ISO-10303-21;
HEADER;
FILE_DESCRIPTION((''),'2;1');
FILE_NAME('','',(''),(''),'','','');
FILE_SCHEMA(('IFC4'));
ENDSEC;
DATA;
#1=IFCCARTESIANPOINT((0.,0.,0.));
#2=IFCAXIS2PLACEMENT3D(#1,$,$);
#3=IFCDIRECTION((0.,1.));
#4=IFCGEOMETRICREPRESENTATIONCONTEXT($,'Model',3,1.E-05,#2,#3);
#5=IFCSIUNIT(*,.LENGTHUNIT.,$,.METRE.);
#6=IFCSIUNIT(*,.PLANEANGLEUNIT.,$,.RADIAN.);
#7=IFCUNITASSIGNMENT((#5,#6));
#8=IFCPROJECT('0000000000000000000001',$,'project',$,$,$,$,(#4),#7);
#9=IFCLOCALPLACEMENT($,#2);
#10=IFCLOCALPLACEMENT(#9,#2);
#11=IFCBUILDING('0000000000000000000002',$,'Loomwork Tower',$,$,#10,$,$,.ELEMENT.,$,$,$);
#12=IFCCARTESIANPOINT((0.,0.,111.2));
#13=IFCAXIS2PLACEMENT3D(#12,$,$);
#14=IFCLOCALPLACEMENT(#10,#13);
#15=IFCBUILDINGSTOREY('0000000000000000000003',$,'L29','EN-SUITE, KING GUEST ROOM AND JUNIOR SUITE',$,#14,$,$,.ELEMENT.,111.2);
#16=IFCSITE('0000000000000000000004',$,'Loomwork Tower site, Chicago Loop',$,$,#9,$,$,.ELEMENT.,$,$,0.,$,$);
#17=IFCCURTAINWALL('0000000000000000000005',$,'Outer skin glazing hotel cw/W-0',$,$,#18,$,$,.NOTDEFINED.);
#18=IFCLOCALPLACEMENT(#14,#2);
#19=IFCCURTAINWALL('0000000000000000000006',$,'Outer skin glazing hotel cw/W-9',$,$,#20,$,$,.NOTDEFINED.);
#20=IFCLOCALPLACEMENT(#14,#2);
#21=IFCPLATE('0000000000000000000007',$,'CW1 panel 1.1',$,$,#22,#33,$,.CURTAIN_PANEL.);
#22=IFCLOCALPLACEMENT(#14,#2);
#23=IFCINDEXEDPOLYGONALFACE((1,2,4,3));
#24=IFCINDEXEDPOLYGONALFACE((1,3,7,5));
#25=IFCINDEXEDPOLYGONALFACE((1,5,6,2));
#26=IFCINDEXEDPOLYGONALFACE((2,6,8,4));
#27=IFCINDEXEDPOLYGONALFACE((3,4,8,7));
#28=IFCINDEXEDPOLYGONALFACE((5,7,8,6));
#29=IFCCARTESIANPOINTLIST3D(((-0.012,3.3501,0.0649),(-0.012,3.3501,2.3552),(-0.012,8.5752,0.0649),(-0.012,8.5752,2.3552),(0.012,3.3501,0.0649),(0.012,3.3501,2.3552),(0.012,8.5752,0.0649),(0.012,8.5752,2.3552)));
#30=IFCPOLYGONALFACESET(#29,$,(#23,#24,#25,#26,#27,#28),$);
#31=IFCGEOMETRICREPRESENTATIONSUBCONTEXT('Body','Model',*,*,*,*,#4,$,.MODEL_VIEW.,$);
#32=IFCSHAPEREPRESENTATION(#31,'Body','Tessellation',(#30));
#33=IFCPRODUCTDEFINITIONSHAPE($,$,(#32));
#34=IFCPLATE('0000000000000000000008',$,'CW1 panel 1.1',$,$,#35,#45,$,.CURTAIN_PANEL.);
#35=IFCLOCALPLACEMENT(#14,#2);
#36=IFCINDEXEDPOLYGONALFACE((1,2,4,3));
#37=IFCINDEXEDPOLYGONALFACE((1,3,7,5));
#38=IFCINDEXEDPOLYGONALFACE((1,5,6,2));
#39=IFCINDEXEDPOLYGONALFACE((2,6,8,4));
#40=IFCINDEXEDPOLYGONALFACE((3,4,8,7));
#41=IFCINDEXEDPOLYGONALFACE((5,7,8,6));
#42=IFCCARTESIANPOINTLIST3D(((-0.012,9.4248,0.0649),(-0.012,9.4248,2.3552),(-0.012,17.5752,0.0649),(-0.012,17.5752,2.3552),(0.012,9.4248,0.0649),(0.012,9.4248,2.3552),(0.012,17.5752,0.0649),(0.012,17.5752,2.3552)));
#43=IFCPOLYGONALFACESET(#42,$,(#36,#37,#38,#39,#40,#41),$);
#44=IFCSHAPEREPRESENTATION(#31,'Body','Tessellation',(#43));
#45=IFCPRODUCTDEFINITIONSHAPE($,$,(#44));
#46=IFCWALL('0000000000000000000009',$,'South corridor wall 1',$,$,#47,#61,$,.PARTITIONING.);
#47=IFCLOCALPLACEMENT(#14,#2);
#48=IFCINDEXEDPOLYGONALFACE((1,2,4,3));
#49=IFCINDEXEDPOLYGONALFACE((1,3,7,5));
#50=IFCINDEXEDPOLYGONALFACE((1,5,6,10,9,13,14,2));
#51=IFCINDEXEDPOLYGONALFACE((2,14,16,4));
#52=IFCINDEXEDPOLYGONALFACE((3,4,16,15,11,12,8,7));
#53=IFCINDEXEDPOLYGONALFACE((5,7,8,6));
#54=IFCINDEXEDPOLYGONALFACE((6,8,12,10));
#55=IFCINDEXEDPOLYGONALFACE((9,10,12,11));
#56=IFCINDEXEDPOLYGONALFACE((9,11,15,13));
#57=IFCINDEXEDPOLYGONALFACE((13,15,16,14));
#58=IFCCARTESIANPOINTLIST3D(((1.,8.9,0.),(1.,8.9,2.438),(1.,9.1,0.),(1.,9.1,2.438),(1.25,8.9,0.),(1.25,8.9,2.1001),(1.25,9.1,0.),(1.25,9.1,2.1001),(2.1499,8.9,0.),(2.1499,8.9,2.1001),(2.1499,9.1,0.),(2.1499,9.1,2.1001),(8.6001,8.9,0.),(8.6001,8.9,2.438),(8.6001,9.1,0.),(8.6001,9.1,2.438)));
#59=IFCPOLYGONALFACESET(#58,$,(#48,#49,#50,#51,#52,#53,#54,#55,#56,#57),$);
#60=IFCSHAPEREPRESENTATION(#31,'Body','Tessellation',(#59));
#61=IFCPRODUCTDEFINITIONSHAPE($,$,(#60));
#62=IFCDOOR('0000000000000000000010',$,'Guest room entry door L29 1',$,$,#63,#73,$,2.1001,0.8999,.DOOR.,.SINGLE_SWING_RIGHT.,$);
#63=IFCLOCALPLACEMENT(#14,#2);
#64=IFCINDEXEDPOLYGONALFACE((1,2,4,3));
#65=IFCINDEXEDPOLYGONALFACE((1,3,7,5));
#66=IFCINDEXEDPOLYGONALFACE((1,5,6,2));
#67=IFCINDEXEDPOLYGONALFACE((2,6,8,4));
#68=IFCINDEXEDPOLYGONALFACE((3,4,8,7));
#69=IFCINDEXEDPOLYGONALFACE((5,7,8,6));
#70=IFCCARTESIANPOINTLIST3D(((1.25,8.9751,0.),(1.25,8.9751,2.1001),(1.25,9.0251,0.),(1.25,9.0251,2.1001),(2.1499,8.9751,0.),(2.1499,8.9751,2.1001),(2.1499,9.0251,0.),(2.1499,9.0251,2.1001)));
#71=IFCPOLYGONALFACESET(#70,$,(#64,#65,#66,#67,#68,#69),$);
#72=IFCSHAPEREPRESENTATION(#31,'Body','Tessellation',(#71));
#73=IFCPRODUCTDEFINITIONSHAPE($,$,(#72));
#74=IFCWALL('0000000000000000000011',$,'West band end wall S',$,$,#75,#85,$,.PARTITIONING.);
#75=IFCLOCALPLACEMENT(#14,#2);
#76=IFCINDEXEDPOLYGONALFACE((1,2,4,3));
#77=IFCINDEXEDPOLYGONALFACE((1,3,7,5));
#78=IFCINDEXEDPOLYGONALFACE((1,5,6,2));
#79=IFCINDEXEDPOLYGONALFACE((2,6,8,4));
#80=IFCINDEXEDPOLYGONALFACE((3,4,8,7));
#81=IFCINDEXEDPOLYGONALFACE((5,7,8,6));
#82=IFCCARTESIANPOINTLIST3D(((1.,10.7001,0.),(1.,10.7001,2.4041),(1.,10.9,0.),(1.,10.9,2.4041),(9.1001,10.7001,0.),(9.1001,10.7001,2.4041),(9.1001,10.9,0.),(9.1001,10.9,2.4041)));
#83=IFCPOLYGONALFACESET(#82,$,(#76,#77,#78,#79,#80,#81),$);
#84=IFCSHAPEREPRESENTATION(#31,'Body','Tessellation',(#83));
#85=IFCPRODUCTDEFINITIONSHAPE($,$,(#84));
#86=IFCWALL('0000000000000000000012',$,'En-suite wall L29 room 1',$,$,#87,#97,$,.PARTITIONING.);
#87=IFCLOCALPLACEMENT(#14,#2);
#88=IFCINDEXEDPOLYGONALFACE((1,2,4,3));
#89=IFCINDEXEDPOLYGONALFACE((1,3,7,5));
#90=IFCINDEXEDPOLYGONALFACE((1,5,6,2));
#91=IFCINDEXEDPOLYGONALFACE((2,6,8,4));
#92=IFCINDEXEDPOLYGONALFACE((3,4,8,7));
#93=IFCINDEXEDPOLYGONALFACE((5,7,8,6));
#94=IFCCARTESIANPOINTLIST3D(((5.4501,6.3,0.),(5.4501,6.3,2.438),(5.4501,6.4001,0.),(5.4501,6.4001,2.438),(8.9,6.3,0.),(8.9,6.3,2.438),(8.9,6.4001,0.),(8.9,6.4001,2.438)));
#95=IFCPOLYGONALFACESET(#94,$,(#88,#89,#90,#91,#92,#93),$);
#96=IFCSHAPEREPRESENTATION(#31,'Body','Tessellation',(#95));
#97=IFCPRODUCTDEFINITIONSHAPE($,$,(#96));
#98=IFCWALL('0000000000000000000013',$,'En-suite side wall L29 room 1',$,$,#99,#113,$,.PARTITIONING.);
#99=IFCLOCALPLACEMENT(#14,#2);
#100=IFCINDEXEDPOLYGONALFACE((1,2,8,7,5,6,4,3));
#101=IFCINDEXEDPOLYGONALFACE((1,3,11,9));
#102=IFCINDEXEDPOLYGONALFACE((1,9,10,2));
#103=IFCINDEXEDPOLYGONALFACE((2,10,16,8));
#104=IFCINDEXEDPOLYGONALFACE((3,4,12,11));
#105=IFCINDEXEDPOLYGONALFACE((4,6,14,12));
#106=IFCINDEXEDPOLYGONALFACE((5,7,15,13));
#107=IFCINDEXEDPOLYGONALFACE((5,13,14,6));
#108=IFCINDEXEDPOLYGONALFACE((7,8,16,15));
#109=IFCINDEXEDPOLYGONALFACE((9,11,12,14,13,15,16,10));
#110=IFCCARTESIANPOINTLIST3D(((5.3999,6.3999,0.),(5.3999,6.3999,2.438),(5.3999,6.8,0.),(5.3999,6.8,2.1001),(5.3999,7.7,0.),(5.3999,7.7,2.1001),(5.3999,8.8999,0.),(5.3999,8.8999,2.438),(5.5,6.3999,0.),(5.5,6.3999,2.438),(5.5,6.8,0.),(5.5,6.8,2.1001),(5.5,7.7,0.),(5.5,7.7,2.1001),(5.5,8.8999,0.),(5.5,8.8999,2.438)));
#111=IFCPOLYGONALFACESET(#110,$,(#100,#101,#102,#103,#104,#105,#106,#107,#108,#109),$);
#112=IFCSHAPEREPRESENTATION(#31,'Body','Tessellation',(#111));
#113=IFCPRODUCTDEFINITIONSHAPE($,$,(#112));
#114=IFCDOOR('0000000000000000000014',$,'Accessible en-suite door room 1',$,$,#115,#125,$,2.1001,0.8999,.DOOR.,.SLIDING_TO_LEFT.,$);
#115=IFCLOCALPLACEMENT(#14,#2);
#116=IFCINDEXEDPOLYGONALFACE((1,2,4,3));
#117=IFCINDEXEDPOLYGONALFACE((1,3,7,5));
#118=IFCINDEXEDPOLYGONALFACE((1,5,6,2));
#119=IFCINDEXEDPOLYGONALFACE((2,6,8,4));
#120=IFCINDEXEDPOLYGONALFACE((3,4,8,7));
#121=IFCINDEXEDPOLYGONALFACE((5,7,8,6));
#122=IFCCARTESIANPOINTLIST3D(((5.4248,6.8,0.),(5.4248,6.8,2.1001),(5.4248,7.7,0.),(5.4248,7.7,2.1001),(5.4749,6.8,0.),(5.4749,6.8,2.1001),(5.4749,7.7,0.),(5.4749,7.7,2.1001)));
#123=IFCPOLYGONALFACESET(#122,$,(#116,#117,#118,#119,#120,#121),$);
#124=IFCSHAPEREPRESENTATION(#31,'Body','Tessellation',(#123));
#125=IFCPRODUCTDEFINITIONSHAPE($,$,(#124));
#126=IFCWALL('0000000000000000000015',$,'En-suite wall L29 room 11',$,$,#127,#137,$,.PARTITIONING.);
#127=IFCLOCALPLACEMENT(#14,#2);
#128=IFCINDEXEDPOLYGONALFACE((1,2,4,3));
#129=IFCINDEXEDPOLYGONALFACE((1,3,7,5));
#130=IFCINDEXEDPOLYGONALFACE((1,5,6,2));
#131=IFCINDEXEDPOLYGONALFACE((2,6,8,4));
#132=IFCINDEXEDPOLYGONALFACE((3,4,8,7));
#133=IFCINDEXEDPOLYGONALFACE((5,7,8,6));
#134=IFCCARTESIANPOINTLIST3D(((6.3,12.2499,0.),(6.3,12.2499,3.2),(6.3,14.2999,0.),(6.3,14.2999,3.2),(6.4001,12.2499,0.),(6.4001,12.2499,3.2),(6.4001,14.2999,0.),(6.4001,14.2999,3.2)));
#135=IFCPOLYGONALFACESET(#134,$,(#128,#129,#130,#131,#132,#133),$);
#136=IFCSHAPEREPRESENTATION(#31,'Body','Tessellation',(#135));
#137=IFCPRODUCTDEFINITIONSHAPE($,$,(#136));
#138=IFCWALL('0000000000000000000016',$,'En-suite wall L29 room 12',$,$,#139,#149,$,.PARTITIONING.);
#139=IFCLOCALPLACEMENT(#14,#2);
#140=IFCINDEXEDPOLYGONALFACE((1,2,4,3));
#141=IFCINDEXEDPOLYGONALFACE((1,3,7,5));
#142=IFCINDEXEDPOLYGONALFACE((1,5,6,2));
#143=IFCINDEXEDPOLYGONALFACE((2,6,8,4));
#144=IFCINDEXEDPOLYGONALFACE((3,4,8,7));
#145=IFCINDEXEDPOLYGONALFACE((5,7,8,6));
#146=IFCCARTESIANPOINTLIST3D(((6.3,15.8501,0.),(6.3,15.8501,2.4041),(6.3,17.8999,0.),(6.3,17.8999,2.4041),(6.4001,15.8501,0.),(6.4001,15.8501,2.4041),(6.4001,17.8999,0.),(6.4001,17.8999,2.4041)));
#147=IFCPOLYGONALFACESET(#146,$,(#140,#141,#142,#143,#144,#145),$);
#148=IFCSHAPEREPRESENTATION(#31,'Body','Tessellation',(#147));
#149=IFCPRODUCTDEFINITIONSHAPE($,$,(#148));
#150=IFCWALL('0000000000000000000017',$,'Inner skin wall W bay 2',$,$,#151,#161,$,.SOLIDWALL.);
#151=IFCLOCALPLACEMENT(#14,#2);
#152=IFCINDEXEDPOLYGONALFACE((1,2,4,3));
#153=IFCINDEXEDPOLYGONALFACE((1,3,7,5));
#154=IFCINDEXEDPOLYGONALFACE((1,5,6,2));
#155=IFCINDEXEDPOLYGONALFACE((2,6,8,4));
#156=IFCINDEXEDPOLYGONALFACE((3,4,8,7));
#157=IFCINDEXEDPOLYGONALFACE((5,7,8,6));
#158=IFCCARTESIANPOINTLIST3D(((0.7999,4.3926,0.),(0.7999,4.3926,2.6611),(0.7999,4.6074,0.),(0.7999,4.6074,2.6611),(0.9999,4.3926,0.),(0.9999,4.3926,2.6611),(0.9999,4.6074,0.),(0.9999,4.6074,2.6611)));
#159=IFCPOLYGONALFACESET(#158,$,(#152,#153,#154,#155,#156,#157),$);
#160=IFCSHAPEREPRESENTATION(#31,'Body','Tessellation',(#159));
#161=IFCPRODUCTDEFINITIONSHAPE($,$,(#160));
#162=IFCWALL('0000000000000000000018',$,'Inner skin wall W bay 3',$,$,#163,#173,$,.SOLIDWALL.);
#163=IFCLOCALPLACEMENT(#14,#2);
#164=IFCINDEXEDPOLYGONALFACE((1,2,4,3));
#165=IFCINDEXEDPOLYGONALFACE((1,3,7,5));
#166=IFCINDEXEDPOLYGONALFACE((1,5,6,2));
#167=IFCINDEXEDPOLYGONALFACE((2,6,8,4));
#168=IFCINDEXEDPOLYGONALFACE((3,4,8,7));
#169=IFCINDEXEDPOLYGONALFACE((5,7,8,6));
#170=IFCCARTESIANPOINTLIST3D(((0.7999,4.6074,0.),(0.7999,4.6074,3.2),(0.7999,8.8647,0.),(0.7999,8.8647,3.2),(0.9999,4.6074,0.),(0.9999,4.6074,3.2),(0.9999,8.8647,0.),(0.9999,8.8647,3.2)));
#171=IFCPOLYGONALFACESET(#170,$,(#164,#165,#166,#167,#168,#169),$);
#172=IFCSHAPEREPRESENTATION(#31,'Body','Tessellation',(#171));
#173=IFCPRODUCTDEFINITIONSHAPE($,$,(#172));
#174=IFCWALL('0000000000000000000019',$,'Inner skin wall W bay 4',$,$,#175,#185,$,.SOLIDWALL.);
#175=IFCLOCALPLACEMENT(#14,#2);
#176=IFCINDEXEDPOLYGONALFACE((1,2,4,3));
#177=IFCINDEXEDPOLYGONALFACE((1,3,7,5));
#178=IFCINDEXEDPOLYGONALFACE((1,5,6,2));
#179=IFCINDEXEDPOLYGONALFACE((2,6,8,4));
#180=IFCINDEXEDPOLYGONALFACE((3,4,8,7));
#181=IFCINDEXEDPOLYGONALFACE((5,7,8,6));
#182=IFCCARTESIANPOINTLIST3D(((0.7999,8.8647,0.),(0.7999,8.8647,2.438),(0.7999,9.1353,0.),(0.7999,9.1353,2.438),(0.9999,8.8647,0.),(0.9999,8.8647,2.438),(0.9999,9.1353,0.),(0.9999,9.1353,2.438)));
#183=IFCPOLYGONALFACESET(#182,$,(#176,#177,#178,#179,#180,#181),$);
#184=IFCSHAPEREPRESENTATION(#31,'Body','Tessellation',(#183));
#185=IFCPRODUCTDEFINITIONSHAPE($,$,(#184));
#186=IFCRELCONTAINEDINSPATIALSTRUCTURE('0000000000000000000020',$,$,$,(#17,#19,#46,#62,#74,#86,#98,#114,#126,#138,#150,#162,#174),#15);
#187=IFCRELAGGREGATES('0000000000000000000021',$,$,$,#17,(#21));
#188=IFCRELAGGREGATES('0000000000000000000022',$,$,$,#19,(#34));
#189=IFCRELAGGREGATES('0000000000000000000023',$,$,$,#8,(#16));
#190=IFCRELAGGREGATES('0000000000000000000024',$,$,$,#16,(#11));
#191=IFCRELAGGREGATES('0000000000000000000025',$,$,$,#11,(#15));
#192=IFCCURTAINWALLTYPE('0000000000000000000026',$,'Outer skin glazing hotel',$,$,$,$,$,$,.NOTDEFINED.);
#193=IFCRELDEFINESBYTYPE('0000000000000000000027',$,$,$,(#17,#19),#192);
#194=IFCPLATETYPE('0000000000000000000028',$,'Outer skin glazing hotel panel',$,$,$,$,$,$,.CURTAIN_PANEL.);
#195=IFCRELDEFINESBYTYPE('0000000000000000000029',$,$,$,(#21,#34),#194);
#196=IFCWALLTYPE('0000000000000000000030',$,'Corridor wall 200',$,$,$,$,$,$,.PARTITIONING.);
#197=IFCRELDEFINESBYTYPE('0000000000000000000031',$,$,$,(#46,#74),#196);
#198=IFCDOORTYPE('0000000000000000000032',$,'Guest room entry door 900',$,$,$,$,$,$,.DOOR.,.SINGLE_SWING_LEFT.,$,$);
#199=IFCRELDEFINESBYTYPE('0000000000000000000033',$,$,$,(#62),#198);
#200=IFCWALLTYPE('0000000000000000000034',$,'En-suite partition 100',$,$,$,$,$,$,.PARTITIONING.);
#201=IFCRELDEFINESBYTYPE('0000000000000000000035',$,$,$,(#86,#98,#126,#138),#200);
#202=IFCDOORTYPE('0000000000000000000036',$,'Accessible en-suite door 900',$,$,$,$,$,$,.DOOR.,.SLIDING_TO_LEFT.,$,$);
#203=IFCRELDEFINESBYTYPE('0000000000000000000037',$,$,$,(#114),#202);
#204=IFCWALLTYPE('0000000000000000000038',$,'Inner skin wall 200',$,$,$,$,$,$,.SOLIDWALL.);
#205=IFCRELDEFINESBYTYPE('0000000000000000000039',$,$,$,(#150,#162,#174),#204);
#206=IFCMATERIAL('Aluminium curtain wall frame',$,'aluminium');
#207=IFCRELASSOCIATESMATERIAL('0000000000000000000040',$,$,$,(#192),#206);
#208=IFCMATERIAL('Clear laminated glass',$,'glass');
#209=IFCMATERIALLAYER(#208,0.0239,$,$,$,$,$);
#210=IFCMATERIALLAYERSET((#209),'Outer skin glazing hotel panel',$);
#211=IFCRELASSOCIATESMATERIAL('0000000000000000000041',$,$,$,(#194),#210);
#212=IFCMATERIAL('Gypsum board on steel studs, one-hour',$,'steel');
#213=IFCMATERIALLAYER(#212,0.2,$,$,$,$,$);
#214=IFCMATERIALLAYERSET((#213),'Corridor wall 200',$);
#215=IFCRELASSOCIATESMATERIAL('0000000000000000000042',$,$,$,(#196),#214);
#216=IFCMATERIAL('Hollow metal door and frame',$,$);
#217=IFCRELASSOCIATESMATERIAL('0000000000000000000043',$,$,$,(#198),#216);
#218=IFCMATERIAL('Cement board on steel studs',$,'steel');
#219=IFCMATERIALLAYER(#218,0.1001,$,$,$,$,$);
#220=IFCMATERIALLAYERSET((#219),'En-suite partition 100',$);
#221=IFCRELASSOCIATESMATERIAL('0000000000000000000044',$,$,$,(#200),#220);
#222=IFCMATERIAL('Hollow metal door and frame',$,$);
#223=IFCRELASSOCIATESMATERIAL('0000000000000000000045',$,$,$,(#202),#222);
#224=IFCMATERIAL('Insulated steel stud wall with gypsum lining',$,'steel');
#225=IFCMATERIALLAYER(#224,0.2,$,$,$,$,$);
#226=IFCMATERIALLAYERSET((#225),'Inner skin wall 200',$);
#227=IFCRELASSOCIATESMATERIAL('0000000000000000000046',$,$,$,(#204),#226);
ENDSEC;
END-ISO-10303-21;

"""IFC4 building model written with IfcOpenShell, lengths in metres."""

from ifc_helpers import new_model, si_unit, direction, frame, frame_2d, origin, origin_2d, place, context, subcontext, project, spatial, rectangle, extrude, material, layer, layer_set, type_object, element, fill, aggregate, save


model = new_model("IFC4")

# Units and contexts
model_context = context("Model", 3, precision=1e-05, world=origin(), true_north=direction((0.0, 1.0)))
body_context = subcontext(model_context, "Body", "Model", "MODEL_VIEW")
ifc_project = project(units=[si_unit("LENGTHUNIT", "METRE"), si_unit("PLANEANGLEUNIT", "RADIAN")], contexts=[model_context])

# Site, building, storey
site_placement = place(None, origin())
site = spatial("IfcSite", under=ifc_project, at=site_placement, Name="Loomwork Tower site, Chicago Loop", CompositionType="ELEMENT", RefElevation=0.0)
building_placement = place(site_placement, origin())
building = spatial("IfcBuilding", under=site, at=building_placement, Name="Loomwork Tower", CompositionType="ELEMENT")
storey_placement = place(building_placement, frame((0.0, 0.0, 111.2)))
storey = spatial("IfcBuildingStorey", under=building, at=storey_placement, Name="L29", Description="EN-SUITE, KING GUEST ROOM AND JUNIOR SUITE", CompositionType="ELEMENT", Elevation=111.2)

# Curtain wall
ifc_material_1 = material(Name="Aluminium curtain wall frame", Category="aluminium")
curtain_wall_type = type_object("IfcCurtainWallType", Name="Outer skin glazing hotel", PredefinedType="NOTDEFINED", material=ifc_material_1)
curtain_wall_1_placement = place(storey_placement, origin())
curtain_wall_1 = element("IfcCurtainWall", 1, at=curtain_wall_1_placement, inside=storey, type_object=curtain_wall_type, Name="Outer skin glazing hotel cw/W-0", PredefinedType="NOTDEFINED")

# Curtain wall
curtain_wall_2_placement = place(storey_placement, origin())
curtain_wall_2 = element("IfcCurtainWall", 2, at=curtain_wall_2_placement, inside=storey, type_object=curtain_wall_type, Name="Outer skin glazing hotel cw/W-9", PredefinedType="NOTDEFINED")

# Plates
ifc_material_2 = material(Name="Clear laminated glass", Category="glass")
ifc_layer_1 = layer(ifc_material_2, 0.0239)
ifc_layer_set_1 = layer_set([ifc_layer_1], Name="Outer skin glazing hotel panel")
plate_type = type_object("IfcPlateType", Name="Outer skin glazing hotel panel", PredefinedType="CURTAIN_PANEL", material=ifc_layer_set_1)
plate_1_placement = place(storey_placement, frame((0.0, 5.9626, 0.0649), z_axis=(0.0, 0.0, 1.0), x_axis=(0.0, -1.0, 0.0)))
plate_1 = element("IfcPlate", 3, at=plate_1_placement, type_object=plate_type, Name="CW1 panel 1.1", PredefinedType="CURTAIN_PANEL", context=body_context, shape_type="SweptSolid", body=[
    extrude(rectangle(XDim=5.2251, YDim=0.0239, at=origin_2d()), origin(), (0.0, 0.0, 1.0), 2.2903),
])
aggregate(curtain_wall_1, [plate_1])
plate_2_placement = place(storey_placement, frame((0.0, 13.5, 0.0649), z_axis=(0.0, 0.0, 1.0), x_axis=(0.0, -1.0, 0.0)))
plate_2 = element("IfcPlate", 4, at=plate_2_placement, type_object=plate_type, Name="CW1 panel 1.1", PredefinedType="CURTAIN_PANEL", context=body_context, shape_type="SweptSolid", body=[
    extrude(rectangle(XDim=8.1504, YDim=0.0239, at=origin_2d()), origin(), (0.0, 0.0, 1.0), 2.2903),
])
aggregate(curtain_wall_2, [plate_2])

# Wall, opening, door
ifc_material_3 = material(Name="Gypsum board on steel studs, one-hour", Category="steel")
ifc_layer_2 = layer(ifc_material_3, 0.2)
ifc_layer_set_2 = layer_set([ifc_layer_2], Name="Corridor wall 200")
wall_type_1 = type_object("IfcWallType", Name="Corridor wall 200", PredefinedType="PARTITIONING", material=ifc_layer_set_2)
wall_1_placement = place(storey_placement, frame((1.0, 9.0, 0.0), z_axis=(0.0, 0.0, 1.0), x_axis=(1.0, 0.0, 0.0)))
wall_1 = element("IfcWall", 5, at=wall_1_placement, inside=storey, type_object=wall_type_1, Name="South corridor wall 1", PredefinedType="PARTITIONING", context=body_context, shape_type="SweptSolid", body=[
    extrude(rectangle(XDim=7.6001, YDim=0.2, at=frame_2d((3.8, 0.0))), origin(), (0.0, 0.0, 1.0), 2.438),
])
opening_1_placement = place(wall_1_placement, frame((0.25, 0.0, 0.0)))
opening_1 = element("IfcOpeningElement", 6, at=opening_1_placement, cuts=wall_1, PredefinedType="OPENING", context=body_context, shape_type="SweptSolid", body=[
    extrude(rectangle(XDim=0.8999, YDim=2.1001, at=frame_2d((0.45, 1.05))), frame((0.0, 0.1099, 0.0), z_axis=(0.0, -1.0, 0.0), x_axis=(1.0, 0.0, 0.0)), (0.0, 0.0, 1.0), 0.22),
])
ifc_material_4 = material(Name="Hollow metal door and frame")
door_type_1 = type_object("IfcDoorType", Name="Guest room entry door 900", OperationType="SINGLE_SWING_LEFT", PredefinedType="DOOR", material=ifc_material_4)
door_1_placement = place(opening_1_placement, frame((0.8999, 0.0, 0.0), z_axis=(0.0, 0.0, 1.0), x_axis=(-1.0, 0.0, 0.0)))
door_1 = element("IfcDoor", 7, at=door_1_placement, inside=storey, type_object=door_type_1, Name="Guest room entry door L29 1", OperationType="SINGLE_SWING_RIGHT", OverallHeight=2.1001, OverallWidth=0.8999, PredefinedType="DOOR", context=body_context, shape_type="SweptSolid", body=[
    extrude(rectangle(XDim=0.8999, YDim=2.1001, at=frame_2d((0.45, 1.05))), frame((0.0, 0.0249, 0.0), z_axis=(0.0, -1.0, 0.0), x_axis=(1.0, 0.0, 0.0)), (0.0, 0.0, 1.0), 0.05),
])
fill(opening_1, door_1)

# Walls
wall_2_placement = place(storey_placement, frame((1.0, 10.8, 0.0), z_axis=(0.0, 0.0, 1.0), x_axis=(1.0, 0.0, 0.0)))
element("IfcWall", 8, at=wall_2_placement, inside=storey, type_object=wall_type_1, Name="West band end wall S", PredefinedType="PARTITIONING", context=body_context, shape_type="SweptSolid", body=[
    extrude(rectangle(XDim=8.1001, YDim=0.2, at=frame_2d((4.05, 0.0))), origin(), (0.0, 0.0, 1.0), 2.4041),
])
ifc_material_5 = material(Name="Cement board on steel studs", Category="steel")
ifc_layer_3 = layer(ifc_material_5, 0.1001)
ifc_layer_set_3 = layer_set([ifc_layer_3], Name="En-suite partition 100")
wall_type_2 = type_object("IfcWallType", Name="En-suite partition 100", PredefinedType="PARTITIONING", material=ifc_layer_set_3)
wall_3_placement = place(storey_placement, frame((5.45, 6.3501, 0.0), z_axis=(0.0, 0.0, 1.0), x_axis=(1.0, 0.0, 0.0)))
element("IfcWall", 9, at=wall_3_placement, inside=storey, type_object=wall_type_2, Name="En-suite wall L29 room 1", PredefinedType="PARTITIONING", context=body_context, shape_type="SweptSolid", body=[
    extrude(rectangle(XDim=3.45, YDim=0.1001, at=frame_2d((1.7251, 0.0))), origin(), (0.0, 0.0, 1.0), 2.438),
])

# Wall, opening, door
wall_4_placement = place(storey_placement, frame((5.45, 8.8999, 0.0), z_axis=(0.0, 0.0, 1.0), x_axis=(0.0, -1.0, 0.0)))
wall_4 = element("IfcWall", 10, at=wall_4_placement, inside=storey, type_object=wall_type_2, Name="En-suite side wall L29 room 1", PredefinedType="PARTITIONING", context=body_context, shape_type="SweptSolid", body=[
    extrude(rectangle(XDim=2.5, YDim=0.1001, at=frame_2d((1.25, 0.0))), origin(), (0.0, 0.0, 1.0), 2.438),
])
opening_2_placement = place(wall_4_placement, frame((1.2, 0.0, 0.0)))
opening_2 = element("IfcOpeningElement", 11, at=opening_2_placement, cuts=wall_4, PredefinedType="OPENING", context=body_context, shape_type="SweptSolid", body=[
    extrude(rectangle(XDim=0.8999, YDim=2.1001, at=frame_2d((0.45, 1.05))), frame((0.0, 0.0601, 0.0), z_axis=(0.0, -1.0, 0.0), x_axis=(1.0, 0.0, 0.0)), (0.0, 0.0, 1.0), 0.1201),
])
ifc_material_6 = material(Name="Hollow metal door and frame")
door_type_2 = type_object("IfcDoorType", Name="Accessible en-suite door 900", OperationType="SLIDING_TO_LEFT", PredefinedType="DOOR", material=ifc_material_6)
door_2_placement = place(opening_2_placement, origin())
door_2 = element("IfcDoor", 12, at=door_2_placement, inside=storey, type_object=door_type_2, Name="Accessible en-suite door room 1", OperationType="SLIDING_TO_LEFT", OverallHeight=2.1001, OverallWidth=0.8999, PredefinedType="DOOR", context=body_context, shape_type="SweptSolid", body=[
    extrude(rectangle(XDim=0.8999, YDim=2.1001, at=frame_2d((0.45, 1.05))), frame((0.0, 0.0249, 0.0), z_axis=(0.0, -1.0, 0.0), x_axis=(1.0, 0.0, 0.0)), (0.0, 0.0, 1.0), 0.05),
])
fill(opening_2, door_2)

# Walls
wall_5_placement = place(storey_placement, frame((6.3501, 12.25, 0.0), z_axis=(0.0, 0.0, 1.0), x_axis=(0.0, 1.0, 0.0)))
element("IfcWall", 13, at=wall_5_placement, inside=storey, type_object=wall_type_2, Name="En-suite wall L29 room 11", PredefinedType="PARTITIONING", context=body_context, shape_type="SweptSolid", body=[
    extrude(rectangle(XDim=2.05, YDim=0.1001, at=frame_2d((1.0249, 0.0))), origin(), (0.0, 0.0, 1.0), 3.2),
])
wall_6_placement = place(storey_placement, frame((6.3501, 15.8501, 0.0), z_axis=(0.0, 0.0, 1.0), x_axis=(0.0, 1.0, 0.0)))
element("IfcWall", 14, at=wall_6_placement, inside=storey, type_object=wall_type_2, Name="En-suite wall L29 room 12", PredefinedType="PARTITIONING", context=body_context, shape_type="SweptSolid", body=[
    extrude(rectangle(XDim=2.0498, YDim=0.1001, at=frame_2d((1.0249, 0.0))), origin(), (0.0, 0.0, 1.0), 2.4041),
])
ifc_material_7 = material(Name="Insulated steel stud wall with gypsum lining", Category="steel")
ifc_layer_4 = layer(ifc_material_7, 0.2)
ifc_layer_set_4 = layer_set([ifc_layer_4], Name="Inner skin wall 200")
wall_type_3 = type_object("IfcWallType", Name="Inner skin wall 200", PredefinedType="SOLIDWALL", material=ifc_layer_set_4)
wall_7_placement = place(storey_placement, frame((0.8999, 4.3926, 0.0), z_axis=(0.0, 0.0, 1.0), x_axis=(0.0, 1.0, 0.0)))
element("IfcWall", 15, at=wall_7_placement, inside=storey, type_object=wall_type_3, Name="Inner skin wall W bay 2", PredefinedType="SOLIDWALL", context=body_context, shape_type="SweptSolid", body=[
    extrude(rectangle(XDim=0.2148, YDim=0.2, at=frame_2d((0.1074, 0.0))), origin(), (0.0, 0.0, 1.0), 2.6611),
])
wall_8_placement = place(storey_placement, frame((0.8999, 4.6074, 0.0), z_axis=(0.0, 0.0, 1.0), x_axis=(0.0, 1.0, 0.0)))
element("IfcWall", 16, at=wall_8_placement, inside=storey, type_object=wall_type_3, Name="Inner skin wall W bay 3", PredefinedType="SOLIDWALL", context=body_context, shape_type="SweptSolid", body=[
    extrude(rectangle(XDim=4.2573, YDim=0.2, at=frame_2d((2.1287, 0.0))), origin(), (0.0, 0.0, 1.0), 3.2),
])
wall_9_placement = place(storey_placement, frame((0.8999, 8.8647, 0.0), z_axis=(0.0, 0.0, 1.0), x_axis=(0.0, 1.0, 0.0)))
element("IfcWall", 17, at=wall_9_placement, inside=storey, type_object=wall_type_3, Name="Inner skin wall W bay 4", PredefinedType="SOLIDWALL", context=body_context, shape_type="SweptSolid", body=[
    extrude(rectangle(XDim=0.2705, YDim=0.2, at=frame_2d((0.1353, 0.0))), origin(), (0.0, 0.0, 1.0), 2.438),
])

save(model, "model.ifc")
